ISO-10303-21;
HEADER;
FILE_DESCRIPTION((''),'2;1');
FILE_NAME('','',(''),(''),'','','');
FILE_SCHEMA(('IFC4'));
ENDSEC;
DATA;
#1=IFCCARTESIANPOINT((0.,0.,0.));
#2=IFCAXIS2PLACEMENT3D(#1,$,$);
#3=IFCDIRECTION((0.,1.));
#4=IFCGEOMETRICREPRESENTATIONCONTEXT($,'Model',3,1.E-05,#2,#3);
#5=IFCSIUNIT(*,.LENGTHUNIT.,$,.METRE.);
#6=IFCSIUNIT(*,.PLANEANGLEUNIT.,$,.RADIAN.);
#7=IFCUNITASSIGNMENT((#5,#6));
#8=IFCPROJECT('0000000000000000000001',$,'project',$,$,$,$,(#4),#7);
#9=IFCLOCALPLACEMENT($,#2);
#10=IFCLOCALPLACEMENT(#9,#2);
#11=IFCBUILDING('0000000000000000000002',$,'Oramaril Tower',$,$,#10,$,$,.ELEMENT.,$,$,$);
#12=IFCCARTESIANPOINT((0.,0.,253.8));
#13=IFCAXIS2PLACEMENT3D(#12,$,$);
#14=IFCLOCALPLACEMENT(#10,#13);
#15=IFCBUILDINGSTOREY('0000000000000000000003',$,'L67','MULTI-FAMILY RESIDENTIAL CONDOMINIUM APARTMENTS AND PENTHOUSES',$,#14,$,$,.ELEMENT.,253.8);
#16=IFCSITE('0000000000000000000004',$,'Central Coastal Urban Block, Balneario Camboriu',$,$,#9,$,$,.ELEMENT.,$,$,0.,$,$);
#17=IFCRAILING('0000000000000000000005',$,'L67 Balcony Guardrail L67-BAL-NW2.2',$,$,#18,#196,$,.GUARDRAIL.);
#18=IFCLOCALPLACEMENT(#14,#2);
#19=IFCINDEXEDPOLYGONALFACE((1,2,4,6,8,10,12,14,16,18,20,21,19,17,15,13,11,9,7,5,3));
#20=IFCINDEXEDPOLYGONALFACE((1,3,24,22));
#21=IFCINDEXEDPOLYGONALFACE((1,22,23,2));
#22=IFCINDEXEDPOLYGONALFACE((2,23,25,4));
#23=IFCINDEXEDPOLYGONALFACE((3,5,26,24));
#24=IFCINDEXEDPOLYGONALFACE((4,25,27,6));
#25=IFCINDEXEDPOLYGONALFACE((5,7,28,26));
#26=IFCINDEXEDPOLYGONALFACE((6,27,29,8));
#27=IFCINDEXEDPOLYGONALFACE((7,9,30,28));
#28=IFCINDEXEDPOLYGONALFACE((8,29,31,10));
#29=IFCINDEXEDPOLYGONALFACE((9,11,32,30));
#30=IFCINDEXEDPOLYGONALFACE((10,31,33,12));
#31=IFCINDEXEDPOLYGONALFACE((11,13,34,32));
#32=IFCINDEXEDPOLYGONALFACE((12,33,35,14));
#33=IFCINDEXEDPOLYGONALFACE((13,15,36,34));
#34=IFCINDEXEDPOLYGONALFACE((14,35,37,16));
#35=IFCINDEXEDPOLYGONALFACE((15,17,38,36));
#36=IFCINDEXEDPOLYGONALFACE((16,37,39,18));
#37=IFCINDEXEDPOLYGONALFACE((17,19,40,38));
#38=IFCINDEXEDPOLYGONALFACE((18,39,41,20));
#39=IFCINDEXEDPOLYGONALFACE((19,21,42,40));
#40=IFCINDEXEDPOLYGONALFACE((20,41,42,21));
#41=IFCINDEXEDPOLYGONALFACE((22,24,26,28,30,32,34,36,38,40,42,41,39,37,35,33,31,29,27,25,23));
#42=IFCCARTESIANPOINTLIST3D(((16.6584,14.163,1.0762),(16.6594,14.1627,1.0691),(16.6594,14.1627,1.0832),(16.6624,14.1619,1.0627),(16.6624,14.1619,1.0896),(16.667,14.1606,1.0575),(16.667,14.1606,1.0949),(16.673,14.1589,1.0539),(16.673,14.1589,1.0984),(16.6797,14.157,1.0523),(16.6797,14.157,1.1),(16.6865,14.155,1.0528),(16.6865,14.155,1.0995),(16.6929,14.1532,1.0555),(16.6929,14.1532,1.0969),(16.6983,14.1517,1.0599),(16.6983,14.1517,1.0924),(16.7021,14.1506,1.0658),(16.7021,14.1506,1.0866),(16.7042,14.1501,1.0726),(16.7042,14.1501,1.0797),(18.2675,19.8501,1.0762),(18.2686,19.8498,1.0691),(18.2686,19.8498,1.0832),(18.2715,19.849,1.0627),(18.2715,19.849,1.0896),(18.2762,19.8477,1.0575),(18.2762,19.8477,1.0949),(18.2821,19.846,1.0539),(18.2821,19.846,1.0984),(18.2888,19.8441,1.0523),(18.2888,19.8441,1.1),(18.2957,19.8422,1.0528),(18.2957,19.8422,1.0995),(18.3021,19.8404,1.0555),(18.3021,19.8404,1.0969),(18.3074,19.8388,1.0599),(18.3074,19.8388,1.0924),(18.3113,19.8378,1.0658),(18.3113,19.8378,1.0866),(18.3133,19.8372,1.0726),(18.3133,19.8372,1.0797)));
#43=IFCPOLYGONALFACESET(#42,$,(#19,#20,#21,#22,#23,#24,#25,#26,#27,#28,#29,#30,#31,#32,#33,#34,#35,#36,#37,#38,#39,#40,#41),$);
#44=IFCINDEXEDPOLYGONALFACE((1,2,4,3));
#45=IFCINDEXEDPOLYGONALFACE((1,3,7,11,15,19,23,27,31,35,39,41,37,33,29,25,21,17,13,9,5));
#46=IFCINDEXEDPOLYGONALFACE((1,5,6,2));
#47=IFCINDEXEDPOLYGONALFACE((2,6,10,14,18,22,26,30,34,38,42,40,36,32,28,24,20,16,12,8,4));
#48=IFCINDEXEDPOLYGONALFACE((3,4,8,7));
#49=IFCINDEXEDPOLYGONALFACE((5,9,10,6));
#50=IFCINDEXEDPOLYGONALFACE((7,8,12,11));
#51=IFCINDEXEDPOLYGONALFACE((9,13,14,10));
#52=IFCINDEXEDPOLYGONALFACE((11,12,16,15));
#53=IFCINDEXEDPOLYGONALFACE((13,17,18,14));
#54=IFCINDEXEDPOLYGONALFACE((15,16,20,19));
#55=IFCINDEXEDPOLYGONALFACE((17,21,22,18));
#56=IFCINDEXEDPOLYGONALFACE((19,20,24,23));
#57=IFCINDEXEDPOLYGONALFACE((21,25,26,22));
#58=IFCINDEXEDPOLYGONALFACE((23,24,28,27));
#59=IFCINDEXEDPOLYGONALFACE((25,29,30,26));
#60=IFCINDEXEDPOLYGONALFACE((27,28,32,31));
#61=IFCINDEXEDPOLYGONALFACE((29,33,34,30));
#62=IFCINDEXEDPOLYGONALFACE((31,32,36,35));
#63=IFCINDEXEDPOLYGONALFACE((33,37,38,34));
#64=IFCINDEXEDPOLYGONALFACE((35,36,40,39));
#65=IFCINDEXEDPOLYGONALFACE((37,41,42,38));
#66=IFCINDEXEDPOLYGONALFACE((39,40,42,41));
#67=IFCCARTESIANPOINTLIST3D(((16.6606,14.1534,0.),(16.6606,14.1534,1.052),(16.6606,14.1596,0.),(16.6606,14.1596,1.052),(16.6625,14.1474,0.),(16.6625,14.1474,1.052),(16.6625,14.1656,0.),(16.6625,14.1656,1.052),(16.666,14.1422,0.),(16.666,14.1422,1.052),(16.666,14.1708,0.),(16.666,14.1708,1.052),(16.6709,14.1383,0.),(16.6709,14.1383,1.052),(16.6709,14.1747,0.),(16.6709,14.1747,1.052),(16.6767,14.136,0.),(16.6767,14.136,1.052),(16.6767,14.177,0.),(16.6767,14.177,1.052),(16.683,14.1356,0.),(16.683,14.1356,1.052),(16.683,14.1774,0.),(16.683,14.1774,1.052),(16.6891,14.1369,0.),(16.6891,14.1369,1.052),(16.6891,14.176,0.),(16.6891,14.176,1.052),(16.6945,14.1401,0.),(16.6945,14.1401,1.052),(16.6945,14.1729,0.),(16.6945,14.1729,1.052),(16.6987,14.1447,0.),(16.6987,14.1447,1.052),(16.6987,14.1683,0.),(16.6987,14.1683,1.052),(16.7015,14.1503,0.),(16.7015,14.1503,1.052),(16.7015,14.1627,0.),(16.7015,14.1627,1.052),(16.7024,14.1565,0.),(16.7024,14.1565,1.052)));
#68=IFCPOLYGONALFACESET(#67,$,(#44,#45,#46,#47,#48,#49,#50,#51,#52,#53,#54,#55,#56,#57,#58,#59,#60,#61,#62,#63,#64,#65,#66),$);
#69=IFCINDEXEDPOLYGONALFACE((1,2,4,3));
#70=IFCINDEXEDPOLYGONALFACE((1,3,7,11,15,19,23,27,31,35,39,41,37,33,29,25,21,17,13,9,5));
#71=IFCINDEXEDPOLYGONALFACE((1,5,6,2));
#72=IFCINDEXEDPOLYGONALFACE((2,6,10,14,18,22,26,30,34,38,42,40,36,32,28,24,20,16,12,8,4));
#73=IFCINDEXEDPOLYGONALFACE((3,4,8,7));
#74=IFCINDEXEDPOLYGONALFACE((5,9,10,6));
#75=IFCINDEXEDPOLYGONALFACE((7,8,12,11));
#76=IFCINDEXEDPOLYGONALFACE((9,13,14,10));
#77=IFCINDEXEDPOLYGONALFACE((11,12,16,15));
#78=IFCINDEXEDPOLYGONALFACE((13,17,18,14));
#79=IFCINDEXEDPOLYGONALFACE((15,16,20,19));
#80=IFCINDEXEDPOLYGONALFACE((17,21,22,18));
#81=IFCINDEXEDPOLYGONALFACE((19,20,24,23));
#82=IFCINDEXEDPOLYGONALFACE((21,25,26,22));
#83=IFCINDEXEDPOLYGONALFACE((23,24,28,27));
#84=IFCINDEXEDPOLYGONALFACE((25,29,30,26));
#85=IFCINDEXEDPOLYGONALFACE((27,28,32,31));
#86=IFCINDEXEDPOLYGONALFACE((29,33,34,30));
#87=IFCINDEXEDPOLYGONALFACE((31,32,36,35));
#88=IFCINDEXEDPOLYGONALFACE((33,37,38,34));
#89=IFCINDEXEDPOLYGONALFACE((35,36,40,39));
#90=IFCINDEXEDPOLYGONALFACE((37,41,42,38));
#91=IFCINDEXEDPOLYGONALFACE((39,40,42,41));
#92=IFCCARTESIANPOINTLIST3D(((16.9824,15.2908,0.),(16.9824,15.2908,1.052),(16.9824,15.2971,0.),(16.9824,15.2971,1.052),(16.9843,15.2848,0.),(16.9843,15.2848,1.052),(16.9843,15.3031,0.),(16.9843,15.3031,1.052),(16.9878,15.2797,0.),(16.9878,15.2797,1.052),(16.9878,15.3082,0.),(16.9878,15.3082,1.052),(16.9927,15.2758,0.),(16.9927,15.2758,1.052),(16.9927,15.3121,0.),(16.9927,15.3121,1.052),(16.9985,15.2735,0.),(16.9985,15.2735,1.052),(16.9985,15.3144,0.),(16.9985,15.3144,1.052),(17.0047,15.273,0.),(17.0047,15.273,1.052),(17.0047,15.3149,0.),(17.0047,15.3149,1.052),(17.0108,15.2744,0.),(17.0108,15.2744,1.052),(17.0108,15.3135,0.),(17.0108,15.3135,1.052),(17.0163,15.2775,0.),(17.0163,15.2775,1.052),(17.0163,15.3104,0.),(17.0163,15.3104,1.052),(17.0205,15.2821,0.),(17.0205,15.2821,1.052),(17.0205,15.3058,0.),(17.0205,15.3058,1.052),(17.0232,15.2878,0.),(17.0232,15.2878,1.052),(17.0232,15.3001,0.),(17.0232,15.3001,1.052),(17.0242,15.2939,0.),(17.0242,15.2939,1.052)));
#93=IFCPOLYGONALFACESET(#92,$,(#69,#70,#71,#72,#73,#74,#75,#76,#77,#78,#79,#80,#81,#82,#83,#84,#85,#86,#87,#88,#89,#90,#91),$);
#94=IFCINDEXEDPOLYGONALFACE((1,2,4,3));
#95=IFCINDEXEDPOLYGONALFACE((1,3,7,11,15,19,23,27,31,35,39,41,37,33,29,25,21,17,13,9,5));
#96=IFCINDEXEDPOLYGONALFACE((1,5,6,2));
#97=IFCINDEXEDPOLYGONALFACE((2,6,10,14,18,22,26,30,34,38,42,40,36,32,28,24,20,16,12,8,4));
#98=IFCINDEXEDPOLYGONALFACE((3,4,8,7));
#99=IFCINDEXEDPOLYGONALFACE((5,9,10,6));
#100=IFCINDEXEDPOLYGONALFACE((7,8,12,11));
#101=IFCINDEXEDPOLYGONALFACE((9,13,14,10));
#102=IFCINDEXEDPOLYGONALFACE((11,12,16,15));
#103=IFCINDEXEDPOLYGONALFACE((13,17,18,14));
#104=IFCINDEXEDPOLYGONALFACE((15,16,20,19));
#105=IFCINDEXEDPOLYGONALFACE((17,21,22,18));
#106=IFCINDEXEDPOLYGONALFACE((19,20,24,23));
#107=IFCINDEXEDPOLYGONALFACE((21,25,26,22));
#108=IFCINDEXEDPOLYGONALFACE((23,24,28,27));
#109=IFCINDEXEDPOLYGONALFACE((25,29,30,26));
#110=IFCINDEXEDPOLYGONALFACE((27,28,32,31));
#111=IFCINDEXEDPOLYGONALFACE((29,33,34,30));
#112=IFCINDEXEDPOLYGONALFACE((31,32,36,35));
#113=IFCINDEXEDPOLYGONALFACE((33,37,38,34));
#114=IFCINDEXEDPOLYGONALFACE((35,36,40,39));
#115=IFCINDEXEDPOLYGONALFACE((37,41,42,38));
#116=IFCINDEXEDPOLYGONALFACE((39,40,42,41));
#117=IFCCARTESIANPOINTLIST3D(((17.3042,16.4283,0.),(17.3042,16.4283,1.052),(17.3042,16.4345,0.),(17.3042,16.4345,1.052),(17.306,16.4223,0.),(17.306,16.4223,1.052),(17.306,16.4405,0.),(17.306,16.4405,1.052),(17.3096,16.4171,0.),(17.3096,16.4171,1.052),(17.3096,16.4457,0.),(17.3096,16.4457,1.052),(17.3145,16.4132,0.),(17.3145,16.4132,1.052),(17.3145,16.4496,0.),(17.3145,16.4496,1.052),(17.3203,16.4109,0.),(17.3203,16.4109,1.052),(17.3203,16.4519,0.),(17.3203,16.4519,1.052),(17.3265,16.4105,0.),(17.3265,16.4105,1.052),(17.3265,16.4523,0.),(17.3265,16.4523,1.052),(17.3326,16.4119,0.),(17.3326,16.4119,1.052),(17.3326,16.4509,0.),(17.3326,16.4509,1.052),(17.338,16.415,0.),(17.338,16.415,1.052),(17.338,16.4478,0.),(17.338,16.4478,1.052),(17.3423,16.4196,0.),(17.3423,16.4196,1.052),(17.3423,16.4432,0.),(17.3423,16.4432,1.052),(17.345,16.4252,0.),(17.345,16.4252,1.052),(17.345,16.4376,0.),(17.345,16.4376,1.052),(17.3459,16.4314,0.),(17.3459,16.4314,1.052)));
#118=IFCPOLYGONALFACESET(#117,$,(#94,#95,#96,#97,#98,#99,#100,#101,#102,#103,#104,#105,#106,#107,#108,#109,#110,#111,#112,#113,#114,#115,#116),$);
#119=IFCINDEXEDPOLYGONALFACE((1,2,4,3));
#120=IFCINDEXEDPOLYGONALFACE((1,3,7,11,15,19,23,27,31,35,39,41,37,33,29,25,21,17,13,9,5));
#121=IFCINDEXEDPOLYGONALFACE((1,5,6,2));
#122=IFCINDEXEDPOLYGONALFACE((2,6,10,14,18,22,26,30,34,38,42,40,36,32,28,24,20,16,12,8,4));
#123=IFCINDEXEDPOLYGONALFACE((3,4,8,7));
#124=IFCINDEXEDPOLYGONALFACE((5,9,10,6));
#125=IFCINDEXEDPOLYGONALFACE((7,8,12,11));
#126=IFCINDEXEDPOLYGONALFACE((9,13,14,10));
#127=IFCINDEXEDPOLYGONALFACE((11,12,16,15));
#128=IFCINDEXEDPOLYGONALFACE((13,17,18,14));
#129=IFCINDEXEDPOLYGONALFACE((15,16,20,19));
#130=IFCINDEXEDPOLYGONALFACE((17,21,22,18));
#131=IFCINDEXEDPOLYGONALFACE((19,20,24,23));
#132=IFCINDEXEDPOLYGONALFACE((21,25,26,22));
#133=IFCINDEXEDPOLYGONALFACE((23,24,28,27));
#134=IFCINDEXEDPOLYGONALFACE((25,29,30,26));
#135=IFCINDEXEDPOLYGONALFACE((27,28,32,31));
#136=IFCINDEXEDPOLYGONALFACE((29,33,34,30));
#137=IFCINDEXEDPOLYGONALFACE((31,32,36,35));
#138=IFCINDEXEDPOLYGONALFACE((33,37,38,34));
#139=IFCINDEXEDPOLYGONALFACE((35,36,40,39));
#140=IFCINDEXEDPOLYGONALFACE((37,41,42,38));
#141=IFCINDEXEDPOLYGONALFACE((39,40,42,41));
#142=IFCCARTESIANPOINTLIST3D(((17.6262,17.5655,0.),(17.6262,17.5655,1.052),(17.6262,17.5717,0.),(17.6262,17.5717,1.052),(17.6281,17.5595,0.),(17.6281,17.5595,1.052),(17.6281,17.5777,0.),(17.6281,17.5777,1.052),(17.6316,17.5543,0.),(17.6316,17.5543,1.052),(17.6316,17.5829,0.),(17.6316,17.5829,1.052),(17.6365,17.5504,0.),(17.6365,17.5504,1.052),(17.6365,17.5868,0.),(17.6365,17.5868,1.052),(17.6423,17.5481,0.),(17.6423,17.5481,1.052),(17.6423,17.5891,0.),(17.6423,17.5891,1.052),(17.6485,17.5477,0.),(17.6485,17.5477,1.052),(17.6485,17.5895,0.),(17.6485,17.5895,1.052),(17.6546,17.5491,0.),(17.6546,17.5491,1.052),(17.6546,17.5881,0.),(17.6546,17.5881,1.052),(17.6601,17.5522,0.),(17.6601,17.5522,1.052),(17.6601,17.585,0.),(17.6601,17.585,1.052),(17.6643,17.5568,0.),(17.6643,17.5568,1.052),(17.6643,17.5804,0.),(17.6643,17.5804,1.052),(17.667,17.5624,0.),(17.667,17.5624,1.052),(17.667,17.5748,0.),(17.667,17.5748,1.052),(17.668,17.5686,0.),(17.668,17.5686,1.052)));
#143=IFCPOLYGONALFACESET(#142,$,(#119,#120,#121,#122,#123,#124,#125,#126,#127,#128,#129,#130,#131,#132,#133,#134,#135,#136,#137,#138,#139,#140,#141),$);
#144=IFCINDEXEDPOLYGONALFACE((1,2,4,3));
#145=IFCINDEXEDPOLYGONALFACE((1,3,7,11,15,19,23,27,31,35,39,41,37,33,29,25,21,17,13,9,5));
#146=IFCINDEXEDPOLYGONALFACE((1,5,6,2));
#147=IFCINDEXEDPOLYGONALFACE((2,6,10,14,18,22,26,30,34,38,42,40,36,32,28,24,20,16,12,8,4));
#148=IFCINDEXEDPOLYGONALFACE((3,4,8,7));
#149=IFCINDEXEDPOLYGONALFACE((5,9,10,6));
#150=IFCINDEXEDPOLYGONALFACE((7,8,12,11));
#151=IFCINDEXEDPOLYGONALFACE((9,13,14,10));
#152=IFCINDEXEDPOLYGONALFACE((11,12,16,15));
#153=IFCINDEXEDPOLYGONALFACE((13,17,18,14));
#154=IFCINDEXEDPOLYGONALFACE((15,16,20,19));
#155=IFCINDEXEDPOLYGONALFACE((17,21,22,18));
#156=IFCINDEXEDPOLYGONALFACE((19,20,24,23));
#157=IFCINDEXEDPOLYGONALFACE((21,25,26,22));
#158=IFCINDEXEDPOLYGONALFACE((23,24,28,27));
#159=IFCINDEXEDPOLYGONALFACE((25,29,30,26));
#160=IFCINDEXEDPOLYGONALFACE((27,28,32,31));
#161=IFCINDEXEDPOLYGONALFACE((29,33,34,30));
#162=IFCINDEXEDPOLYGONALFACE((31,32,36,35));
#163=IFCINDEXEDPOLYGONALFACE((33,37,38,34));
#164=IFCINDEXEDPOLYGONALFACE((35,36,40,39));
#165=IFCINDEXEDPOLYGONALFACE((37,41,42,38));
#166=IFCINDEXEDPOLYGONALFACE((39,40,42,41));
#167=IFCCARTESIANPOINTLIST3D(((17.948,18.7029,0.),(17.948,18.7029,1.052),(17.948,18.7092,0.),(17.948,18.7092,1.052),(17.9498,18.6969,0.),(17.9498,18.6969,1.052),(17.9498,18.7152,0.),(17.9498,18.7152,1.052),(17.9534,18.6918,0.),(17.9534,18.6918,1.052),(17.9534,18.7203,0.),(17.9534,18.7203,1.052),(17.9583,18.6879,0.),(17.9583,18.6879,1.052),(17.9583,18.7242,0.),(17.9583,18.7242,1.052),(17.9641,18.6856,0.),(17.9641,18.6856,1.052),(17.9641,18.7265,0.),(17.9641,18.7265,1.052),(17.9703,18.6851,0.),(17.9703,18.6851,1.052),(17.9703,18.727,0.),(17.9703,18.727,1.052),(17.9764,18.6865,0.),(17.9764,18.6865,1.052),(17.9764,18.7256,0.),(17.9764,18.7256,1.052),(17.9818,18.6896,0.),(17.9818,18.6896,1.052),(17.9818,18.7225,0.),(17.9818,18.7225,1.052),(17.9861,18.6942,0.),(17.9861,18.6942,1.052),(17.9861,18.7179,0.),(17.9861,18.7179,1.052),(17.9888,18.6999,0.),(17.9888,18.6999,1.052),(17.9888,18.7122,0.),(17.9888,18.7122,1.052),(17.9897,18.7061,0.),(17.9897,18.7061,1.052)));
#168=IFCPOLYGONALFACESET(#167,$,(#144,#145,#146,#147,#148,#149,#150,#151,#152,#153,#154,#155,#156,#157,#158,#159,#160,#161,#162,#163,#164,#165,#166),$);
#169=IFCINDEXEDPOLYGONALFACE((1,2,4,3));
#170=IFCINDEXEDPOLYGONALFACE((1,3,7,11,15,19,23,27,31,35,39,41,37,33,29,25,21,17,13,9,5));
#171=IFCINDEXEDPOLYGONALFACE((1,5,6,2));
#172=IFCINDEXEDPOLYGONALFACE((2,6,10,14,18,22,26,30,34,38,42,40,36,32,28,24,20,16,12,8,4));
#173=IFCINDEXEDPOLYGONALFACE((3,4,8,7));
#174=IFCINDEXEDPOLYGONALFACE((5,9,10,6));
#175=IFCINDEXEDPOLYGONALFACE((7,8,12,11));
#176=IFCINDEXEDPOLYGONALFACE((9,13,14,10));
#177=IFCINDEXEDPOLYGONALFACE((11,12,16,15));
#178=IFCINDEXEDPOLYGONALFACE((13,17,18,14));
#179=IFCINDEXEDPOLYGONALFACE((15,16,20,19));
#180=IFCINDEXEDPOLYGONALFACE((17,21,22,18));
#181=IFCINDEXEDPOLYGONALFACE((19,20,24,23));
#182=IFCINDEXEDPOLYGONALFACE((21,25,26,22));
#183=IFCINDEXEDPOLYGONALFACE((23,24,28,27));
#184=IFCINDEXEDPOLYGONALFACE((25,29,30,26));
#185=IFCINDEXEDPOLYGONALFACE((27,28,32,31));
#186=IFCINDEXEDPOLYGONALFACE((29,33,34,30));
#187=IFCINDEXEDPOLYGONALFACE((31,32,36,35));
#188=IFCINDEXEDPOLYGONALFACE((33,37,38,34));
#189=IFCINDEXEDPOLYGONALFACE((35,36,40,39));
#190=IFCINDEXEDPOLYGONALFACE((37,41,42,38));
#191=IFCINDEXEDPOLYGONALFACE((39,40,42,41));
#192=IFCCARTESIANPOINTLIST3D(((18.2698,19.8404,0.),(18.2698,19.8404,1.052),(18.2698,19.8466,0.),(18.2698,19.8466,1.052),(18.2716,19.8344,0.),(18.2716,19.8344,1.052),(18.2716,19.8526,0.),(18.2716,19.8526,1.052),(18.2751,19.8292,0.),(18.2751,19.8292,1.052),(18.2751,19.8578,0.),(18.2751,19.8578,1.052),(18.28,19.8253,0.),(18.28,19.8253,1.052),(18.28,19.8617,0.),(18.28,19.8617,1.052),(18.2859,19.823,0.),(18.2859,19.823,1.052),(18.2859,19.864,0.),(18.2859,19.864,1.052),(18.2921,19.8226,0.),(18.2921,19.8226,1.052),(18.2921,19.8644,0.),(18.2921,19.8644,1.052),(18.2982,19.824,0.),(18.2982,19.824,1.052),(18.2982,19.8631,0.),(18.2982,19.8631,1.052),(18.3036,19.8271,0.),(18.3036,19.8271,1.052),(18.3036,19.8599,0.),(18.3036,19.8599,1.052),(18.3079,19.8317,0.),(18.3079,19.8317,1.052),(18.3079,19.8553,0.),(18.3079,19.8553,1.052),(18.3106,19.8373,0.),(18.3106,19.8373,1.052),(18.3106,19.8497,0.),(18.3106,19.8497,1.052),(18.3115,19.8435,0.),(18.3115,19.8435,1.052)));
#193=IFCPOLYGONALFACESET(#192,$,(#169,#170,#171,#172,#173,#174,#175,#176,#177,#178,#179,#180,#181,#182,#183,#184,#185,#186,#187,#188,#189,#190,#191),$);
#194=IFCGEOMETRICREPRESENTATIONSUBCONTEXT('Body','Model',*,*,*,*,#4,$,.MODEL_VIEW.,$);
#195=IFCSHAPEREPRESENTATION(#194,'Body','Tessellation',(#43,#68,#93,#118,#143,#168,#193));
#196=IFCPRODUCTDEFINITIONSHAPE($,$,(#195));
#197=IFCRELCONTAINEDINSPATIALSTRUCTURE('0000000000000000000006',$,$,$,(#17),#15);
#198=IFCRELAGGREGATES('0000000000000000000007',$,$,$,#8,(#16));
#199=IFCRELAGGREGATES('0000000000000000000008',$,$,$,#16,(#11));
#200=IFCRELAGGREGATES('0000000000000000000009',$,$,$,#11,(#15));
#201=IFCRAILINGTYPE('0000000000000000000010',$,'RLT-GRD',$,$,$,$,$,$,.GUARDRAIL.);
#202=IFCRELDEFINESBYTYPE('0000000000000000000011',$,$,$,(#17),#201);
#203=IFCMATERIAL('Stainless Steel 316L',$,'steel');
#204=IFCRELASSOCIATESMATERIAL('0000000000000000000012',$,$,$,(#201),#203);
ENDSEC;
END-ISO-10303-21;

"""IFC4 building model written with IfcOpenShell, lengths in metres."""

from ifc_helpers import new_model, si_unit, direction, frame, origin, origin_2d, place, context, subcontext, project, spatial, circle, extrude, material, type_object, element, save


model = new_model("IFC4")

# Units and contexts
model_context = context("Model", 3, precision=1e-05, world=origin(), true_north=direction((0.0, 1.0)))
body_context = subcontext(model_context, "Body", "Model", "MODEL_VIEW")
ifc_project = project(units=[si_unit("LENGTHUNIT", "METRE"), si_unit("PLANEANGLEUNIT", "RADIAN")], contexts=[model_context])

# Site, building, storey
site_placement = place(None, origin())
site = spatial("IfcSite", under=ifc_project, at=site_placement, Name="Central Coastal Urban Block, Balneario Camboriu", CompositionType="ELEMENT", RefElevation=0.0)
building_placement = place(site_placement, origin())
building = spatial("IfcBuilding", under=site, at=building_placement, Name="Oramaril Tower", CompositionType="ELEMENT")
storey_placement = place(building_placement, frame((0.0, 0.0, 253.8)))
storey = spatial("IfcBuildingStorey", under=building, at=storey_placement, Name="L67", Description="MULTI-FAMILY RESIDENTIAL CONDOMINIUM APARTMENTS AND PENTHOUSES", CompositionType="ELEMENT", Elevation=253.8)

# Railing
ifc_material_1 = material(Name="Stainless Steel 316L", Category="steel")
railing_type = type_object("IfcRailingType", Name="RLT-GRD", PredefinedType="GUARDRAIL", material=ifc_material_1)
railing_1_placement = place(storey_placement, frame((16.6814, 14.1565, 0.0)))
element("IfcRailing", 1, at=railing_1_placement, inside=storey, type_object=railing_type, Name="L67 Balcony Guardrail L67-BAL-NW2.2", PredefinedType="GUARDRAIL", context=body_context, shape_type="SweptSolid", body=[
    extrude(circle(Radius=0.0239, at=origin_2d()), frame((0.0, 0.0, 1.0762), z_axis=(0.27226, 0.962224, 0.0), x_axis=(-0.962224, 0.27226, 0.0)), (0.0, 0.0, 1.0), 5.9104),
    extrude(circle(Radius=0.021, at=origin_2d()), origin(), (0.0, 0.0, 1.0), 1.052),
    extrude(circle(Radius=0.021, at=origin_2d()), frame((0.3218, 1.1375, 0.0)), (0.0, 0.0, 1.0), 1.052),
    extrude(circle(Radius=0.021, at=origin_2d()), frame((0.6436, 2.2749, 0.0)), (0.0, 0.0, 1.0), 1.052),
    extrude(circle(Radius=0.021, at=origin_2d()), frame((0.9656, 3.4121, 0.0)), (0.0, 0.0, 1.0), 1.052),
    extrude(circle(Radius=0.021, at=origin_2d()), frame((1.2874, 4.5496, 0.0)), (0.0, 0.0, 1.0), 1.052),
    extrude(circle(Radius=0.021, at=origin_2d()), frame((1.6091, 5.687, 0.0)), (0.0, 0.0, 1.0), 1.052),
])

save(model, "model.ifc")
